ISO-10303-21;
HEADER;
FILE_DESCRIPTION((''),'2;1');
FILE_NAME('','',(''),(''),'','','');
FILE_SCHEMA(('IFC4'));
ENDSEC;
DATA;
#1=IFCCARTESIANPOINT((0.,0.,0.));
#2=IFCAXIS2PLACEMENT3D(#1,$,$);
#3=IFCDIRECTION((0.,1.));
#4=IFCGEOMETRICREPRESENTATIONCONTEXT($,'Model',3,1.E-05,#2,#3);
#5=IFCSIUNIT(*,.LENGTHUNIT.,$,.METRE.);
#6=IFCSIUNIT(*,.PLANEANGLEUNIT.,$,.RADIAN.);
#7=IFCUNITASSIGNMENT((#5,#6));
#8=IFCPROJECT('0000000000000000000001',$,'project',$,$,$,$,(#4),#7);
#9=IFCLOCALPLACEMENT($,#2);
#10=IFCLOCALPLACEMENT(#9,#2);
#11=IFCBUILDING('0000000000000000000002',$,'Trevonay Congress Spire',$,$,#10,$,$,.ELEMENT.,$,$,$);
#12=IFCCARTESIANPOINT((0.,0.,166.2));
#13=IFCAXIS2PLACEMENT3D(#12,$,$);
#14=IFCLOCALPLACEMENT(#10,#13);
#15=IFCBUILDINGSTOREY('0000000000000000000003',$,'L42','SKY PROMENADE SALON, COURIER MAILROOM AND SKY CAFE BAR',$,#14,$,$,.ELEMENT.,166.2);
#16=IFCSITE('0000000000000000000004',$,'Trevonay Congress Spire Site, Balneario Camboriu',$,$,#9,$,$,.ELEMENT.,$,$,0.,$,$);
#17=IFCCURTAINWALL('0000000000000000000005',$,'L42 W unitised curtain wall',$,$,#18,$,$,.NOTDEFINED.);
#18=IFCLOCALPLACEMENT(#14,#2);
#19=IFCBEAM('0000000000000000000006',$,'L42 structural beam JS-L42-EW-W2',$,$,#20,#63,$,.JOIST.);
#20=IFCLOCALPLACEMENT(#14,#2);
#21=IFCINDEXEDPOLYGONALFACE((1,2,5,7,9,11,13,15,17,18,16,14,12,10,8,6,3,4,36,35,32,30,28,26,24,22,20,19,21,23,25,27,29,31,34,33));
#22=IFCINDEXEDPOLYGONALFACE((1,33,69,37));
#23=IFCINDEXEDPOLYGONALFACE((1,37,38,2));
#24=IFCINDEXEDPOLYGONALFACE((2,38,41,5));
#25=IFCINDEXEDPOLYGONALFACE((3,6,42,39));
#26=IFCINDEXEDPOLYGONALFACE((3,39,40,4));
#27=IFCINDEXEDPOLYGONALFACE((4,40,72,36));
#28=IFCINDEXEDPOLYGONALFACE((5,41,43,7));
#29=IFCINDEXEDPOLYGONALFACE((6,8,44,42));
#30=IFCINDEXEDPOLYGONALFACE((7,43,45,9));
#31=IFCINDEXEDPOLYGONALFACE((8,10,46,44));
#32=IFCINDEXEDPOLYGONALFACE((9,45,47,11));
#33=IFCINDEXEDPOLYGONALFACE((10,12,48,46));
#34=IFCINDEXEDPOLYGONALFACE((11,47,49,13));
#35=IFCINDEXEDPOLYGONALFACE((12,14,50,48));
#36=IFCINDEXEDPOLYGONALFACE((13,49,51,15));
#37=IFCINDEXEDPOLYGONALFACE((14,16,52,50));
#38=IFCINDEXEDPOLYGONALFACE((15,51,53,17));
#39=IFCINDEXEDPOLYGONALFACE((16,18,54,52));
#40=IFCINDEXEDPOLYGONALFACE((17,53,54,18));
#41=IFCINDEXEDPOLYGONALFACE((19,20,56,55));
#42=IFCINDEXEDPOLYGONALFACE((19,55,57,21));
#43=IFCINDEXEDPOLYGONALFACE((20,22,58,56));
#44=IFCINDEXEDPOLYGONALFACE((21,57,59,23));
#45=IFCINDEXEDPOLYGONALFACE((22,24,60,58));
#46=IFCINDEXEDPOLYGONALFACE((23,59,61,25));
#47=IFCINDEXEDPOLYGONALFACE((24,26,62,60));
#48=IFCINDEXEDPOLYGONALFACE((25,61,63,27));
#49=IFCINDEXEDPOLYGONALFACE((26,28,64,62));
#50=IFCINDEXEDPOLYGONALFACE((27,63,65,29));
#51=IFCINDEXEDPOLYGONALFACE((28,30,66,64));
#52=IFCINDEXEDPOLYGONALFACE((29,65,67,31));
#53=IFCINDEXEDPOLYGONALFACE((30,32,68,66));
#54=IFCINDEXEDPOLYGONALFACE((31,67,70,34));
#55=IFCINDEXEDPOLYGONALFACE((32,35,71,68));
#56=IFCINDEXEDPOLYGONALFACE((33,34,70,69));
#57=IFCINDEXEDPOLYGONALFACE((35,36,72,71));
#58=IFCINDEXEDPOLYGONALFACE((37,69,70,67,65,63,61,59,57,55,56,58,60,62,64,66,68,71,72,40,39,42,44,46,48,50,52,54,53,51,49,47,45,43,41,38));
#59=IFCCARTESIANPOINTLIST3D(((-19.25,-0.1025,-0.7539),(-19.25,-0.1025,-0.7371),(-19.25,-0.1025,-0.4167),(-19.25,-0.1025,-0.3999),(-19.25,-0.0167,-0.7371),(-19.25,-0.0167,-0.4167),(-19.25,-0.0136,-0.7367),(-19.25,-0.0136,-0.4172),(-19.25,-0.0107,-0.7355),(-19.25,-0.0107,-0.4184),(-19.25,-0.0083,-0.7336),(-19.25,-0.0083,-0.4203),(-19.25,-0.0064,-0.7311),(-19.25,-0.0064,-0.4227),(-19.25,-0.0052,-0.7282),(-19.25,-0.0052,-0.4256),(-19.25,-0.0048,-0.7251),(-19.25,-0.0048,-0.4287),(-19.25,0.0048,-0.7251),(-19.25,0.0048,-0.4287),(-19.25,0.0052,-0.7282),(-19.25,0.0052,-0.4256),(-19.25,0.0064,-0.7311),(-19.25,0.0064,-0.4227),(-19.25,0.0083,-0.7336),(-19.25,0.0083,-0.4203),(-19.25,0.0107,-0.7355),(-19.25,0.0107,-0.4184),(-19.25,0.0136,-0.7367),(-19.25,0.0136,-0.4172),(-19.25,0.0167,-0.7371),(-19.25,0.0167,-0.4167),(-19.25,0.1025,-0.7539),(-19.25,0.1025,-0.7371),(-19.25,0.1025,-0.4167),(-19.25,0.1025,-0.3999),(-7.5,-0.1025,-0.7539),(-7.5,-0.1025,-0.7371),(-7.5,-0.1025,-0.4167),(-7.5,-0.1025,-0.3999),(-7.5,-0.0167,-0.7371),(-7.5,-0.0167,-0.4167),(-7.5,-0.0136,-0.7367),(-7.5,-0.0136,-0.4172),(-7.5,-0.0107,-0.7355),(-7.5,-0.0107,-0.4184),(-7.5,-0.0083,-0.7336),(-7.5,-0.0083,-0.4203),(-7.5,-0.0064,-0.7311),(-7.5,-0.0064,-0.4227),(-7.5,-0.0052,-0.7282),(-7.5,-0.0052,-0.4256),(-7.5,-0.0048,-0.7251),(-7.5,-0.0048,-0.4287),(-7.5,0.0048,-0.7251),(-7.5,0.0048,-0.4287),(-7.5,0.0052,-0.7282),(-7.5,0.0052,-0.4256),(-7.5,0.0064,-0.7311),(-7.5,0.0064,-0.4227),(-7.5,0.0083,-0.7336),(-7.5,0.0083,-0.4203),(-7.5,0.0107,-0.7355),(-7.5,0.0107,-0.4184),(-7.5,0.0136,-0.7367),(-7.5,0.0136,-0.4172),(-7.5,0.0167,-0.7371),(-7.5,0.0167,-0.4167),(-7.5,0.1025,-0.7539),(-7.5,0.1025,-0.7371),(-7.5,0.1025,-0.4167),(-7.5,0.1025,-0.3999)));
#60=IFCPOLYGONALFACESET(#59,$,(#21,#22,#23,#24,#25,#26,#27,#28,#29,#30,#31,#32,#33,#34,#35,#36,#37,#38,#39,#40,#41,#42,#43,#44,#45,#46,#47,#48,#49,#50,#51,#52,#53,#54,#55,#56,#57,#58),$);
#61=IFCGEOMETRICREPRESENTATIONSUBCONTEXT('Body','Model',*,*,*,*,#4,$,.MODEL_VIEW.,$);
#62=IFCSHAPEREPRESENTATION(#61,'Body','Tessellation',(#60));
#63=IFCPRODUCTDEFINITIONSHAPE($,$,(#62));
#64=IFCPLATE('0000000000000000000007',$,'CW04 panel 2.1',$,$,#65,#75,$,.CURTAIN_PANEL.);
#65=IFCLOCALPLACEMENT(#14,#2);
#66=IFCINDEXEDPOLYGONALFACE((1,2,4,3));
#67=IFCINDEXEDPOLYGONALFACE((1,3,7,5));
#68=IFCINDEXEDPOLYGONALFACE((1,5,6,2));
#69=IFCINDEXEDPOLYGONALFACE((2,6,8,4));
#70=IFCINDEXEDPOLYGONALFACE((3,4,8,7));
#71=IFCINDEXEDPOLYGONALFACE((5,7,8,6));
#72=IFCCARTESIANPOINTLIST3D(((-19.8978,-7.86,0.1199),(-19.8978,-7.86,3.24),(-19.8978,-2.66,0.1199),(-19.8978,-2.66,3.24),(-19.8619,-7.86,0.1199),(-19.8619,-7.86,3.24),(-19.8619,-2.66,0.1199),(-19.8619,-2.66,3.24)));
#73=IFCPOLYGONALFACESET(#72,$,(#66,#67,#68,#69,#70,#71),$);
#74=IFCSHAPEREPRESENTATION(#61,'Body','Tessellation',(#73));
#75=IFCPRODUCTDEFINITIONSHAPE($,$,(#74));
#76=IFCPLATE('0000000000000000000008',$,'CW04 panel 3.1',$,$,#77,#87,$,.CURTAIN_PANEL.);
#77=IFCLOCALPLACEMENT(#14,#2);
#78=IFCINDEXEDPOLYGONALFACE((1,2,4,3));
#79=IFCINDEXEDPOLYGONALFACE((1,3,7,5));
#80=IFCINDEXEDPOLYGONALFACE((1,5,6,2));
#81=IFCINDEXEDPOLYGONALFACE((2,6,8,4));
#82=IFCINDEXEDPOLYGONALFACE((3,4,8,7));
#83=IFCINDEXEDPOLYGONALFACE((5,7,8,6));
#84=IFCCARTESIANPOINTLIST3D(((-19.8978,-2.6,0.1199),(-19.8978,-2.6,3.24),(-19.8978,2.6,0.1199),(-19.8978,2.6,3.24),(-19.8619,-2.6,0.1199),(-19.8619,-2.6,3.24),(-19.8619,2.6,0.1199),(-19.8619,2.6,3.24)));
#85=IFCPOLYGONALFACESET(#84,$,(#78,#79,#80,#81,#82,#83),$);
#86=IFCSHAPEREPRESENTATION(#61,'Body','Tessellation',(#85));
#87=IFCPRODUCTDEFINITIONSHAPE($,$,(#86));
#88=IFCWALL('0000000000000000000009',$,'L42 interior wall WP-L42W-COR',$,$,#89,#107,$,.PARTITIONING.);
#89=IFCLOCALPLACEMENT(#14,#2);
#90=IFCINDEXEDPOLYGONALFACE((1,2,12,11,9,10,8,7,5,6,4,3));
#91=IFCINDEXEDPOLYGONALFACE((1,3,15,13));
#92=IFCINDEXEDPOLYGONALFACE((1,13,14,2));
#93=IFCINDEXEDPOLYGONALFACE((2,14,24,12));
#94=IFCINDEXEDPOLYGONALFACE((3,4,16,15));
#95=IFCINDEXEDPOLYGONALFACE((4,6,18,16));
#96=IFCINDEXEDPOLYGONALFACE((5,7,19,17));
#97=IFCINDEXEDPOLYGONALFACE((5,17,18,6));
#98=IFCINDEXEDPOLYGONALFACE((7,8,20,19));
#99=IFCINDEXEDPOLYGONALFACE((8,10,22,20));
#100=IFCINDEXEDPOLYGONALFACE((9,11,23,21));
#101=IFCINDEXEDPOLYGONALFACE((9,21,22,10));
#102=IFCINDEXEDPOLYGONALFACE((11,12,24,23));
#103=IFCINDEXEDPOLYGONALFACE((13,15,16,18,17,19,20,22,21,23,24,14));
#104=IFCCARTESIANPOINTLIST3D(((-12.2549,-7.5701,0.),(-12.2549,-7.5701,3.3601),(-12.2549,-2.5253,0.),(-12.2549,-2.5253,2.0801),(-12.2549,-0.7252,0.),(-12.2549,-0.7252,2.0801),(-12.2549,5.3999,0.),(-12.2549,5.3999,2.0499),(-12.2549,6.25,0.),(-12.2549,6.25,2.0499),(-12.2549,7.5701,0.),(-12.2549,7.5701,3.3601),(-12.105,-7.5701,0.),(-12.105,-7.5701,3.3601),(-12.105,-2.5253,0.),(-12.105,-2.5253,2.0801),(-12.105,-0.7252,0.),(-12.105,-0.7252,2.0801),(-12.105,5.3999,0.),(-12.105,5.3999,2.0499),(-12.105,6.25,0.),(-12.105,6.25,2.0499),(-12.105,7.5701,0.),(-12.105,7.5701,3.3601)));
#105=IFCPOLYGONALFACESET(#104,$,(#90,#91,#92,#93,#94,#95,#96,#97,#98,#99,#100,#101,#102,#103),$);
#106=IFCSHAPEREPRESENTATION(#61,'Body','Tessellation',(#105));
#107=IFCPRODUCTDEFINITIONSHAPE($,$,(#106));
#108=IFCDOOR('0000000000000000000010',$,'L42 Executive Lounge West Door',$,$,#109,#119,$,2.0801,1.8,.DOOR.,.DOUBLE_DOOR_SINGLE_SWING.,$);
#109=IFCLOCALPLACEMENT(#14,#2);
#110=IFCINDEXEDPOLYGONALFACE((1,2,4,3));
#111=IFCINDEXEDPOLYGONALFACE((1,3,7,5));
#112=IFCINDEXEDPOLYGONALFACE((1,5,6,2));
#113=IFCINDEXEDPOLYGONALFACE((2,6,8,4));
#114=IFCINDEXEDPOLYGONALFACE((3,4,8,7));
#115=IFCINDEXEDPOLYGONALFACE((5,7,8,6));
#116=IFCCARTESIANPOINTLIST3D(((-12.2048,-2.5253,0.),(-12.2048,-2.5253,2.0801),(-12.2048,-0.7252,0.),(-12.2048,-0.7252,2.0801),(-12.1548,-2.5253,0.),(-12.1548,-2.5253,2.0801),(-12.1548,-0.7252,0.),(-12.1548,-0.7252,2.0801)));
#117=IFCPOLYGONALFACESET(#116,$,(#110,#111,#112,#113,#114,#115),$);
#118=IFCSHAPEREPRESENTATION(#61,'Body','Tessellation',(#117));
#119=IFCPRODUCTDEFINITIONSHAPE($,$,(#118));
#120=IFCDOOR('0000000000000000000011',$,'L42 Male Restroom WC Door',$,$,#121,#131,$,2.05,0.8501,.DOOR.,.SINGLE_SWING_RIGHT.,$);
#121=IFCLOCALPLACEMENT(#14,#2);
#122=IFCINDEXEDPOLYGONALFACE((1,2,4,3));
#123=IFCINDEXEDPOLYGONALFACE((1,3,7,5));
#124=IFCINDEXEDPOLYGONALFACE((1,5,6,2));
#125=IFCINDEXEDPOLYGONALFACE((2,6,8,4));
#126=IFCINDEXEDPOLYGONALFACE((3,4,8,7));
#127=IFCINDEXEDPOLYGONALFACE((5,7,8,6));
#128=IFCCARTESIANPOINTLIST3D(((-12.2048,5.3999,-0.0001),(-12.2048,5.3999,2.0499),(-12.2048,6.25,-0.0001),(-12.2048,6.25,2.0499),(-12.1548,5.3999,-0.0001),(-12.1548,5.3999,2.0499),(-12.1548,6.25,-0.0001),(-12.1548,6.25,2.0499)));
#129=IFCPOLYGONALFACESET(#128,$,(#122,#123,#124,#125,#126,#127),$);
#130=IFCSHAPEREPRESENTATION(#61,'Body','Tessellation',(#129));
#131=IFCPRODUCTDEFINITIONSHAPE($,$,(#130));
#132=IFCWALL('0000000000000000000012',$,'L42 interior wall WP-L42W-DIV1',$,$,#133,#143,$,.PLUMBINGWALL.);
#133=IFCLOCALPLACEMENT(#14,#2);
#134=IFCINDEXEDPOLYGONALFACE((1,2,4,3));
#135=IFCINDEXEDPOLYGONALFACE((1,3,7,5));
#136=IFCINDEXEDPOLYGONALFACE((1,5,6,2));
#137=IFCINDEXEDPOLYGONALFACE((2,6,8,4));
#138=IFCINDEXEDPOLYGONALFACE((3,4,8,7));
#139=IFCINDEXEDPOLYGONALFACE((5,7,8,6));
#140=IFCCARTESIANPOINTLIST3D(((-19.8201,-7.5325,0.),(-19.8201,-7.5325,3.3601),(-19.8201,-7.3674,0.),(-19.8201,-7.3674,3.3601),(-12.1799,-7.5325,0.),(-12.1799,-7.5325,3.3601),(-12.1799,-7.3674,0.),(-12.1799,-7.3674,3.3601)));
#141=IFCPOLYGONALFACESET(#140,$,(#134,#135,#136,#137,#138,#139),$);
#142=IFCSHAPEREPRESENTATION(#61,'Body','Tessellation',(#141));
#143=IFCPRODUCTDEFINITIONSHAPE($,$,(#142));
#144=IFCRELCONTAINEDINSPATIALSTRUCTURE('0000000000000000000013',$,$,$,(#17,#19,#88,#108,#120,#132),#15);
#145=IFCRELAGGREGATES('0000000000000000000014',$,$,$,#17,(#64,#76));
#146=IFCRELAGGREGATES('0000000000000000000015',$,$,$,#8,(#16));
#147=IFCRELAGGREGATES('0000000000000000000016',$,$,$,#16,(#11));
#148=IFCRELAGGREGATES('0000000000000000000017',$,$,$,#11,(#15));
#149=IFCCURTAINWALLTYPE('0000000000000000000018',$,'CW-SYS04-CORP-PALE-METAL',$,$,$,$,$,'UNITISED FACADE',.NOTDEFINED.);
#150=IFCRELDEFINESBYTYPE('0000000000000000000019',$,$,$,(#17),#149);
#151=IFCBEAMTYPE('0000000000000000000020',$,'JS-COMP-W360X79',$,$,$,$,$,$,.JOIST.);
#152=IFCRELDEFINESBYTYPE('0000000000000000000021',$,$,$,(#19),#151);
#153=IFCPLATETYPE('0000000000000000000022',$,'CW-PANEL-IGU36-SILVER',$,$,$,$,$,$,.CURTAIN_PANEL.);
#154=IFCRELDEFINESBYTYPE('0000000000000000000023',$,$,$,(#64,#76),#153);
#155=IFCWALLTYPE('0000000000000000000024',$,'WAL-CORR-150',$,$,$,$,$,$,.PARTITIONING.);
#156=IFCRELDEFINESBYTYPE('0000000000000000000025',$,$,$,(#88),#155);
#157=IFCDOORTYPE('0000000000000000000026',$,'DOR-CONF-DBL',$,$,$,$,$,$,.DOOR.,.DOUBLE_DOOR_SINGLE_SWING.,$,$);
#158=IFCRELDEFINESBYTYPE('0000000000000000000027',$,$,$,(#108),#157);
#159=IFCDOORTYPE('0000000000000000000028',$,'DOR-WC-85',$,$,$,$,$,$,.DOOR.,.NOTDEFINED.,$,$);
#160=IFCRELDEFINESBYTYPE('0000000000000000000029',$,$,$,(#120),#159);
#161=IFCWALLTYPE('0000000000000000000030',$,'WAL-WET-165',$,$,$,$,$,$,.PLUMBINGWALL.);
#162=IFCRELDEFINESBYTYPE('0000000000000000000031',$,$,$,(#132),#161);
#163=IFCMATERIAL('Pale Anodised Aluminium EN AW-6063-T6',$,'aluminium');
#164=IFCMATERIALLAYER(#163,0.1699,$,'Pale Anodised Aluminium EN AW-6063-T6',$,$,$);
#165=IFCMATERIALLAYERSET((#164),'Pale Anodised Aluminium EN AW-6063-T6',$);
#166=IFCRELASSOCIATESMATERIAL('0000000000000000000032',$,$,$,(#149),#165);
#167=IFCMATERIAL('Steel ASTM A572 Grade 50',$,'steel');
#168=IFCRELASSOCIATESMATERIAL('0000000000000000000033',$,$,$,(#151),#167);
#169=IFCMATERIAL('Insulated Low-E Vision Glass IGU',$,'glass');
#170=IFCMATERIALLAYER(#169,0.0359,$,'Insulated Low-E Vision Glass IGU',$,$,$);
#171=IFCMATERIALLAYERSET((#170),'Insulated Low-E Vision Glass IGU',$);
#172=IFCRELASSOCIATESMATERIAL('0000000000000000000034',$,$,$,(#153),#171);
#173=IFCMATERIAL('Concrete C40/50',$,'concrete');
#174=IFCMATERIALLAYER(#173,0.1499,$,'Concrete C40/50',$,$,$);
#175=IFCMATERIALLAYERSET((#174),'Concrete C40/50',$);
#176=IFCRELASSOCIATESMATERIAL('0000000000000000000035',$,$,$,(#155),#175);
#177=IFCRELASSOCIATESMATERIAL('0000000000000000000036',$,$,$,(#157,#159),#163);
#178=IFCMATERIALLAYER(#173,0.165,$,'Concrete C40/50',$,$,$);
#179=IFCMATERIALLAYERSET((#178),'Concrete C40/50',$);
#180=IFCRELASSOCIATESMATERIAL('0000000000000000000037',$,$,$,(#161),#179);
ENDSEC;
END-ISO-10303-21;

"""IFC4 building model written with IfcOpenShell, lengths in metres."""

from ifc_helpers import new_model, si_unit, direction, frame, frame_2d, origin, origin_2d, place, context, subcontext, project, spatial, rectangle, i_section, extrude, material, layer, layer_set, material_profile, profile_set, type_object, element, fill, aggregate, save


model = new_model("IFC4")

# Units and contexts
model_context = context("Model", 3, precision=1e-05, world=origin(), true_north=direction((0.0, 1.0)))
body_context = subcontext(model_context, "Body", "Model", "MODEL_VIEW")
ifc_project = project(units=[si_unit("LENGTHUNIT", "METRE"), si_unit("PLANEANGLEUNIT", "RADIAN")], contexts=[model_context])

# Site, building, storey
site_placement = place(None, origin())
site = spatial("IfcSite", under=ifc_project, at=site_placement, Name="Trevonay Congress Spire Site, Balneario Camboriu", CompositionType="ELEMENT", RefElevation=0.0)
building_placement = place(site_placement, origin())
building = spatial("IfcBuilding", under=site, at=building_placement, Name="Trevonay Congress Spire", CompositionType="ELEMENT")
storey_placement = place(building_placement, frame((0.0, 0.0, 166.2)))
storey = spatial("IfcBuildingStorey", under=building, at=storey_placement, Name="L42", Description="SKY PROMENADE SALON, COURIER MAILROOM AND SKY CAFE BAR", CompositionType="ELEMENT", Elevation=166.2)

# Shared definitions
ifc_material_1 = material(Name="Steel ASTM A572 Grade 50", Category="steel")

# Curtain wall
ifc_material_2 = material(Name="Pale Anodised Aluminium EN AW-6063-T6", Category="aluminium")
ifc_layer_1 = layer(ifc_material_2, 0.1699, Name="Pale Anodised Aluminium EN AW-6063-T6")
ifc_layer_set_1 = layer_set([ifc_layer_1], Name="Pale Anodised Aluminium EN AW-6063-T6")
curtain_wall_type = type_object("IfcCurtainWallType", Name="CW-SYS04-CORP-PALE-METAL", ElementType="UNITISED FACADE", PredefinedType="NOTDEFINED", material=ifc_layer_set_1)
curtain_wall_placement = place(storey_placement, origin())
curtain_wall = element("IfcCurtainWall", 1, at=curtain_wall_placement, inside=storey, type_object=curtain_wall_type, Name="L42 W unitised curtain wall", PredefinedType="NOTDEFINED")

# Beam
ifc_material_profile_1 = material_profile(ifc_material_1, i_section(OverallWidth=0.2051, OverallDepth=0.354, WebThickness=0.0095, FlangeThickness=0.0168, FilletRadius=0.012, at=origin_2d()), Name="W360x79")
ifc_profile_set_1 = profile_set([ifc_material_profile_1], Name="Steel ASTM A572 Grade 50")
beam_type_1 = type_object("IfcBeamType", Name="JS-COMP-W360X79", PredefinedType="JOIST", material=ifc_profile_set_1)
for number, where, z_axis, x_axis, name in (
    (2, (-19.25, 0.0, -0.5769), (1.0, 0.0, 0.0), (0.0, 1.0, 0.0), "L42 structural beam JS-L42-EW-W2"),
):
    element("IfcBeam", number, at=place(storey_placement, frame(where, z_axis=z_axis, x_axis=x_axis)), inside=storey, type_object=beam_type_1, Name=name, PredefinedType="JOIST", context=body_context, shape_type="SweptSolid", body=[
        extrude(i_section(OverallWidth=0.2051, OverallDepth=0.354, WebThickness=0.0095, FlangeThickness=0.0168, FilletRadius=0.012, at=origin_2d()), origin(), (0.0, 0.0, 1.0), 11.75),
    ])

# Plates
ifc_material_3 = material(Name="Insulated Low-E Vision Glass IGU", Category="glass")
ifc_layer_2 = layer(ifc_material_3, 0.0359, Name="Insulated Low-E Vision Glass IGU")
ifc_layer_set_2 = layer_set([ifc_layer_2], Name="Insulated Low-E Vision Glass IGU")
plate_type = type_object("IfcPlateType", Name="CW-PANEL-IGU36-SILVER", PredefinedType="CURTAIN_PANEL", material=ifc_layer_set_2)
plate_1_placement = place(storey_placement, frame((-19.8799, -5.26, 0.1199), z_axis=(0.0, 0.0, 1.0), x_axis=(0.0, 1.0, 0.0)))
plate_1 = element("IfcPlate", 3, at=plate_1_placement, type_object=plate_type, Name="CW04 panel 2.1", PredefinedType="CURTAIN_PANEL", context=body_context, shape_type="SweptSolid", body=[
    extrude(rectangle(XDim=5.2, YDim=0.0359, at=origin_2d()), origin(), (0.0, 0.0, 1.0), 3.1201),
])
plate_2_placement = place(storey_placement, frame((-19.8799, 0.0, 0.1199), z_axis=(0.0, 0.0, 1.0), x_axis=(0.0, 1.0, 0.0)))
plate_2 = element("IfcPlate", 4, at=plate_2_placement, type_object=plate_type, Name="CW04 panel 3.1", PredefinedType="CURTAIN_PANEL", context=body_context, shape_type="SweptSolid", body=[
    extrude(rectangle(XDim=5.2, YDim=0.0359, at=origin_2d()), origin(), (0.0, 0.0, 1.0), 3.1201),
])
aggregate(curtain_wall, [plate_1, plate_2])

# Wall, openings, doors
ifc_material_4 = material(Name="Concrete C40/50", Category="concrete")
ifc_layer_3 = layer(ifc_material_4, 0.1499, Name="Concrete C40/50")
ifc_layer_set_3 = layer_set([ifc_layer_3], Name="Concrete C40/50")
wall_type_1 = type_object("IfcWallType", Name="WAL-CORR-150", PredefinedType="PARTITIONING", material=ifc_layer_set_3)
wall_1_placement = place(storey_placement, frame((-12.1799, -7.5701, 0.0), z_axis=(0.0, 0.0, 1.0), x_axis=(0.0, 1.0, 0.0)))
wall_1 = element("IfcWall", 5, at=wall_1_placement, inside=storey, type_object=wall_type_1, Name="L42 interior wall WP-L42W-COR", PredefinedType="PARTITIONING", context=body_context, shape_type="SweptSolid", body=[
    extrude(rectangle(XDim=15.1401, YDim=0.1499, at=frame_2d((7.5701, 0.0))), origin(), (0.0, 0.0, 1.0), 3.3601),
])
opening_1_placement = place(wall_1_placement, frame((5.0449, 0.0, 0.0)))
opening_1 = element("IfcOpeningElement", 6, at=opening_1_placement, cuts=wall_1, PredefinedType="OPENING", context=body_context, shape_type="SweptSolid", body=[
    extrude(rectangle(XDim=1.8, YDim=2.0801, at=frame_2d((0.8999, 1.04))), frame((0.0, 0.085, 0.0), z_axis=(0.0, -1.0, 0.0), x_axis=(1.0, 0.0, 0.0)), (0.0, 0.0, 1.0), 0.1699),
])
opening_2_placement = place(wall_1_placement, frame((12.97, 0.0, 0.0)))
opening_2 = element("IfcOpeningElement", 7, at=opening_2_placement, cuts=wall_1, PredefinedType="OPENING", context=body_context, shape_type="SweptSolid", body=[
    extrude(rectangle(XDim=0.8501, YDim=2.05, at=frame_2d((0.425, 1.0249))), frame((0.0, 0.085, 0.0), z_axis=(0.0, -1.0, 0.0), x_axis=(1.0, 0.0, 0.0)), (0.0, 0.0, 1.0), 0.1699),
])
door_type_1 = type_object("IfcDoorType", Name="DOR-CONF-DBL", OperationType="DOUBLE_DOOR_SINGLE_SWING", PredefinedType="DOOR", material=ifc_material_2)
door_1_placement = place(opening_1_placement, origin())
door_1 = element("IfcDoor", 8, at=door_1_placement, inside=storey, type_object=door_type_1, Name="L42 Executive Lounge West Door", OperationType="DOUBLE_DOOR_SINGLE_SWING", OverallHeight=2.0801, OverallWidth=1.8, PredefinedType="DOOR", context=body_context, shape_type="SweptSolid", body=[
    extrude(rectangle(XDim=1.8, YDim=2.0801, at=frame_2d((0.8999, 1.04))), frame((0.0, 0.0249, 0.0), z_axis=(0.0, -1.0, 0.0), x_axis=(1.0, 0.0, 0.0)), (0.0, 0.0, 1.0), 0.05),
])
fill(opening_1, door_1)
door_type_2 = type_object("IfcDoorType", Name="DOR-WC-85", OperationType="NOTDEFINED", PredefinedType="DOOR", material=ifc_material_2)
door_2_placement = place(opening_2_placement, origin())
door_2 = element("IfcDoor", 9, at=door_2_placement, inside=storey, type_object=door_type_2, Name="L42 Male Restroom WC Door", OperationType="SINGLE_SWING_RIGHT", OverallHeight=2.05, OverallWidth=0.8501, PredefinedType="DOOR", context=body_context, shape_type="SweptSolid", body=[
    extrude(rectangle(XDim=0.8501, YDim=2.05, at=frame_2d((0.425, 1.0249))), frame((0.0, 0.0249, 0.0), z_axis=(0.0, -1.0, 0.0), x_axis=(1.0, 0.0, 0.0)), (0.0, 0.0, 1.0), 0.05),
])
fill(opening_2, door_2)

# Wall
ifc_layer_4 = layer(ifc_material_4, 0.165, Name="Concrete C40/50")
ifc_layer_set_4 = layer_set([ifc_layer_4], Name="Concrete C40/50")
wall_type_2 = type_object("IfcWallType", Name="WAL-WET-165", PredefinedType="PLUMBINGWALL", material=ifc_layer_set_4)
wall_2_placement = place(storey_placement, frame((-19.8201, -7.45, 0.0), z_axis=(0.0, 0.0, 1.0), x_axis=(1.0, 0.0, 0.0)))
element("IfcWall", 10, at=wall_2_placement, inside=storey, type_object=wall_type_2, Name="L42 interior wall WP-L42W-DIV1", PredefinedType="PLUMBINGWALL", context=body_context, shape_type="SweptSolid", body=[
    extrude(rectangle(XDim=7.6401, YDim=0.165, at=frame_2d((3.8201, 0.0))), origin(), (0.0, 0.0, 1.0), 3.3601),
])

save(model, "model.ifc")
